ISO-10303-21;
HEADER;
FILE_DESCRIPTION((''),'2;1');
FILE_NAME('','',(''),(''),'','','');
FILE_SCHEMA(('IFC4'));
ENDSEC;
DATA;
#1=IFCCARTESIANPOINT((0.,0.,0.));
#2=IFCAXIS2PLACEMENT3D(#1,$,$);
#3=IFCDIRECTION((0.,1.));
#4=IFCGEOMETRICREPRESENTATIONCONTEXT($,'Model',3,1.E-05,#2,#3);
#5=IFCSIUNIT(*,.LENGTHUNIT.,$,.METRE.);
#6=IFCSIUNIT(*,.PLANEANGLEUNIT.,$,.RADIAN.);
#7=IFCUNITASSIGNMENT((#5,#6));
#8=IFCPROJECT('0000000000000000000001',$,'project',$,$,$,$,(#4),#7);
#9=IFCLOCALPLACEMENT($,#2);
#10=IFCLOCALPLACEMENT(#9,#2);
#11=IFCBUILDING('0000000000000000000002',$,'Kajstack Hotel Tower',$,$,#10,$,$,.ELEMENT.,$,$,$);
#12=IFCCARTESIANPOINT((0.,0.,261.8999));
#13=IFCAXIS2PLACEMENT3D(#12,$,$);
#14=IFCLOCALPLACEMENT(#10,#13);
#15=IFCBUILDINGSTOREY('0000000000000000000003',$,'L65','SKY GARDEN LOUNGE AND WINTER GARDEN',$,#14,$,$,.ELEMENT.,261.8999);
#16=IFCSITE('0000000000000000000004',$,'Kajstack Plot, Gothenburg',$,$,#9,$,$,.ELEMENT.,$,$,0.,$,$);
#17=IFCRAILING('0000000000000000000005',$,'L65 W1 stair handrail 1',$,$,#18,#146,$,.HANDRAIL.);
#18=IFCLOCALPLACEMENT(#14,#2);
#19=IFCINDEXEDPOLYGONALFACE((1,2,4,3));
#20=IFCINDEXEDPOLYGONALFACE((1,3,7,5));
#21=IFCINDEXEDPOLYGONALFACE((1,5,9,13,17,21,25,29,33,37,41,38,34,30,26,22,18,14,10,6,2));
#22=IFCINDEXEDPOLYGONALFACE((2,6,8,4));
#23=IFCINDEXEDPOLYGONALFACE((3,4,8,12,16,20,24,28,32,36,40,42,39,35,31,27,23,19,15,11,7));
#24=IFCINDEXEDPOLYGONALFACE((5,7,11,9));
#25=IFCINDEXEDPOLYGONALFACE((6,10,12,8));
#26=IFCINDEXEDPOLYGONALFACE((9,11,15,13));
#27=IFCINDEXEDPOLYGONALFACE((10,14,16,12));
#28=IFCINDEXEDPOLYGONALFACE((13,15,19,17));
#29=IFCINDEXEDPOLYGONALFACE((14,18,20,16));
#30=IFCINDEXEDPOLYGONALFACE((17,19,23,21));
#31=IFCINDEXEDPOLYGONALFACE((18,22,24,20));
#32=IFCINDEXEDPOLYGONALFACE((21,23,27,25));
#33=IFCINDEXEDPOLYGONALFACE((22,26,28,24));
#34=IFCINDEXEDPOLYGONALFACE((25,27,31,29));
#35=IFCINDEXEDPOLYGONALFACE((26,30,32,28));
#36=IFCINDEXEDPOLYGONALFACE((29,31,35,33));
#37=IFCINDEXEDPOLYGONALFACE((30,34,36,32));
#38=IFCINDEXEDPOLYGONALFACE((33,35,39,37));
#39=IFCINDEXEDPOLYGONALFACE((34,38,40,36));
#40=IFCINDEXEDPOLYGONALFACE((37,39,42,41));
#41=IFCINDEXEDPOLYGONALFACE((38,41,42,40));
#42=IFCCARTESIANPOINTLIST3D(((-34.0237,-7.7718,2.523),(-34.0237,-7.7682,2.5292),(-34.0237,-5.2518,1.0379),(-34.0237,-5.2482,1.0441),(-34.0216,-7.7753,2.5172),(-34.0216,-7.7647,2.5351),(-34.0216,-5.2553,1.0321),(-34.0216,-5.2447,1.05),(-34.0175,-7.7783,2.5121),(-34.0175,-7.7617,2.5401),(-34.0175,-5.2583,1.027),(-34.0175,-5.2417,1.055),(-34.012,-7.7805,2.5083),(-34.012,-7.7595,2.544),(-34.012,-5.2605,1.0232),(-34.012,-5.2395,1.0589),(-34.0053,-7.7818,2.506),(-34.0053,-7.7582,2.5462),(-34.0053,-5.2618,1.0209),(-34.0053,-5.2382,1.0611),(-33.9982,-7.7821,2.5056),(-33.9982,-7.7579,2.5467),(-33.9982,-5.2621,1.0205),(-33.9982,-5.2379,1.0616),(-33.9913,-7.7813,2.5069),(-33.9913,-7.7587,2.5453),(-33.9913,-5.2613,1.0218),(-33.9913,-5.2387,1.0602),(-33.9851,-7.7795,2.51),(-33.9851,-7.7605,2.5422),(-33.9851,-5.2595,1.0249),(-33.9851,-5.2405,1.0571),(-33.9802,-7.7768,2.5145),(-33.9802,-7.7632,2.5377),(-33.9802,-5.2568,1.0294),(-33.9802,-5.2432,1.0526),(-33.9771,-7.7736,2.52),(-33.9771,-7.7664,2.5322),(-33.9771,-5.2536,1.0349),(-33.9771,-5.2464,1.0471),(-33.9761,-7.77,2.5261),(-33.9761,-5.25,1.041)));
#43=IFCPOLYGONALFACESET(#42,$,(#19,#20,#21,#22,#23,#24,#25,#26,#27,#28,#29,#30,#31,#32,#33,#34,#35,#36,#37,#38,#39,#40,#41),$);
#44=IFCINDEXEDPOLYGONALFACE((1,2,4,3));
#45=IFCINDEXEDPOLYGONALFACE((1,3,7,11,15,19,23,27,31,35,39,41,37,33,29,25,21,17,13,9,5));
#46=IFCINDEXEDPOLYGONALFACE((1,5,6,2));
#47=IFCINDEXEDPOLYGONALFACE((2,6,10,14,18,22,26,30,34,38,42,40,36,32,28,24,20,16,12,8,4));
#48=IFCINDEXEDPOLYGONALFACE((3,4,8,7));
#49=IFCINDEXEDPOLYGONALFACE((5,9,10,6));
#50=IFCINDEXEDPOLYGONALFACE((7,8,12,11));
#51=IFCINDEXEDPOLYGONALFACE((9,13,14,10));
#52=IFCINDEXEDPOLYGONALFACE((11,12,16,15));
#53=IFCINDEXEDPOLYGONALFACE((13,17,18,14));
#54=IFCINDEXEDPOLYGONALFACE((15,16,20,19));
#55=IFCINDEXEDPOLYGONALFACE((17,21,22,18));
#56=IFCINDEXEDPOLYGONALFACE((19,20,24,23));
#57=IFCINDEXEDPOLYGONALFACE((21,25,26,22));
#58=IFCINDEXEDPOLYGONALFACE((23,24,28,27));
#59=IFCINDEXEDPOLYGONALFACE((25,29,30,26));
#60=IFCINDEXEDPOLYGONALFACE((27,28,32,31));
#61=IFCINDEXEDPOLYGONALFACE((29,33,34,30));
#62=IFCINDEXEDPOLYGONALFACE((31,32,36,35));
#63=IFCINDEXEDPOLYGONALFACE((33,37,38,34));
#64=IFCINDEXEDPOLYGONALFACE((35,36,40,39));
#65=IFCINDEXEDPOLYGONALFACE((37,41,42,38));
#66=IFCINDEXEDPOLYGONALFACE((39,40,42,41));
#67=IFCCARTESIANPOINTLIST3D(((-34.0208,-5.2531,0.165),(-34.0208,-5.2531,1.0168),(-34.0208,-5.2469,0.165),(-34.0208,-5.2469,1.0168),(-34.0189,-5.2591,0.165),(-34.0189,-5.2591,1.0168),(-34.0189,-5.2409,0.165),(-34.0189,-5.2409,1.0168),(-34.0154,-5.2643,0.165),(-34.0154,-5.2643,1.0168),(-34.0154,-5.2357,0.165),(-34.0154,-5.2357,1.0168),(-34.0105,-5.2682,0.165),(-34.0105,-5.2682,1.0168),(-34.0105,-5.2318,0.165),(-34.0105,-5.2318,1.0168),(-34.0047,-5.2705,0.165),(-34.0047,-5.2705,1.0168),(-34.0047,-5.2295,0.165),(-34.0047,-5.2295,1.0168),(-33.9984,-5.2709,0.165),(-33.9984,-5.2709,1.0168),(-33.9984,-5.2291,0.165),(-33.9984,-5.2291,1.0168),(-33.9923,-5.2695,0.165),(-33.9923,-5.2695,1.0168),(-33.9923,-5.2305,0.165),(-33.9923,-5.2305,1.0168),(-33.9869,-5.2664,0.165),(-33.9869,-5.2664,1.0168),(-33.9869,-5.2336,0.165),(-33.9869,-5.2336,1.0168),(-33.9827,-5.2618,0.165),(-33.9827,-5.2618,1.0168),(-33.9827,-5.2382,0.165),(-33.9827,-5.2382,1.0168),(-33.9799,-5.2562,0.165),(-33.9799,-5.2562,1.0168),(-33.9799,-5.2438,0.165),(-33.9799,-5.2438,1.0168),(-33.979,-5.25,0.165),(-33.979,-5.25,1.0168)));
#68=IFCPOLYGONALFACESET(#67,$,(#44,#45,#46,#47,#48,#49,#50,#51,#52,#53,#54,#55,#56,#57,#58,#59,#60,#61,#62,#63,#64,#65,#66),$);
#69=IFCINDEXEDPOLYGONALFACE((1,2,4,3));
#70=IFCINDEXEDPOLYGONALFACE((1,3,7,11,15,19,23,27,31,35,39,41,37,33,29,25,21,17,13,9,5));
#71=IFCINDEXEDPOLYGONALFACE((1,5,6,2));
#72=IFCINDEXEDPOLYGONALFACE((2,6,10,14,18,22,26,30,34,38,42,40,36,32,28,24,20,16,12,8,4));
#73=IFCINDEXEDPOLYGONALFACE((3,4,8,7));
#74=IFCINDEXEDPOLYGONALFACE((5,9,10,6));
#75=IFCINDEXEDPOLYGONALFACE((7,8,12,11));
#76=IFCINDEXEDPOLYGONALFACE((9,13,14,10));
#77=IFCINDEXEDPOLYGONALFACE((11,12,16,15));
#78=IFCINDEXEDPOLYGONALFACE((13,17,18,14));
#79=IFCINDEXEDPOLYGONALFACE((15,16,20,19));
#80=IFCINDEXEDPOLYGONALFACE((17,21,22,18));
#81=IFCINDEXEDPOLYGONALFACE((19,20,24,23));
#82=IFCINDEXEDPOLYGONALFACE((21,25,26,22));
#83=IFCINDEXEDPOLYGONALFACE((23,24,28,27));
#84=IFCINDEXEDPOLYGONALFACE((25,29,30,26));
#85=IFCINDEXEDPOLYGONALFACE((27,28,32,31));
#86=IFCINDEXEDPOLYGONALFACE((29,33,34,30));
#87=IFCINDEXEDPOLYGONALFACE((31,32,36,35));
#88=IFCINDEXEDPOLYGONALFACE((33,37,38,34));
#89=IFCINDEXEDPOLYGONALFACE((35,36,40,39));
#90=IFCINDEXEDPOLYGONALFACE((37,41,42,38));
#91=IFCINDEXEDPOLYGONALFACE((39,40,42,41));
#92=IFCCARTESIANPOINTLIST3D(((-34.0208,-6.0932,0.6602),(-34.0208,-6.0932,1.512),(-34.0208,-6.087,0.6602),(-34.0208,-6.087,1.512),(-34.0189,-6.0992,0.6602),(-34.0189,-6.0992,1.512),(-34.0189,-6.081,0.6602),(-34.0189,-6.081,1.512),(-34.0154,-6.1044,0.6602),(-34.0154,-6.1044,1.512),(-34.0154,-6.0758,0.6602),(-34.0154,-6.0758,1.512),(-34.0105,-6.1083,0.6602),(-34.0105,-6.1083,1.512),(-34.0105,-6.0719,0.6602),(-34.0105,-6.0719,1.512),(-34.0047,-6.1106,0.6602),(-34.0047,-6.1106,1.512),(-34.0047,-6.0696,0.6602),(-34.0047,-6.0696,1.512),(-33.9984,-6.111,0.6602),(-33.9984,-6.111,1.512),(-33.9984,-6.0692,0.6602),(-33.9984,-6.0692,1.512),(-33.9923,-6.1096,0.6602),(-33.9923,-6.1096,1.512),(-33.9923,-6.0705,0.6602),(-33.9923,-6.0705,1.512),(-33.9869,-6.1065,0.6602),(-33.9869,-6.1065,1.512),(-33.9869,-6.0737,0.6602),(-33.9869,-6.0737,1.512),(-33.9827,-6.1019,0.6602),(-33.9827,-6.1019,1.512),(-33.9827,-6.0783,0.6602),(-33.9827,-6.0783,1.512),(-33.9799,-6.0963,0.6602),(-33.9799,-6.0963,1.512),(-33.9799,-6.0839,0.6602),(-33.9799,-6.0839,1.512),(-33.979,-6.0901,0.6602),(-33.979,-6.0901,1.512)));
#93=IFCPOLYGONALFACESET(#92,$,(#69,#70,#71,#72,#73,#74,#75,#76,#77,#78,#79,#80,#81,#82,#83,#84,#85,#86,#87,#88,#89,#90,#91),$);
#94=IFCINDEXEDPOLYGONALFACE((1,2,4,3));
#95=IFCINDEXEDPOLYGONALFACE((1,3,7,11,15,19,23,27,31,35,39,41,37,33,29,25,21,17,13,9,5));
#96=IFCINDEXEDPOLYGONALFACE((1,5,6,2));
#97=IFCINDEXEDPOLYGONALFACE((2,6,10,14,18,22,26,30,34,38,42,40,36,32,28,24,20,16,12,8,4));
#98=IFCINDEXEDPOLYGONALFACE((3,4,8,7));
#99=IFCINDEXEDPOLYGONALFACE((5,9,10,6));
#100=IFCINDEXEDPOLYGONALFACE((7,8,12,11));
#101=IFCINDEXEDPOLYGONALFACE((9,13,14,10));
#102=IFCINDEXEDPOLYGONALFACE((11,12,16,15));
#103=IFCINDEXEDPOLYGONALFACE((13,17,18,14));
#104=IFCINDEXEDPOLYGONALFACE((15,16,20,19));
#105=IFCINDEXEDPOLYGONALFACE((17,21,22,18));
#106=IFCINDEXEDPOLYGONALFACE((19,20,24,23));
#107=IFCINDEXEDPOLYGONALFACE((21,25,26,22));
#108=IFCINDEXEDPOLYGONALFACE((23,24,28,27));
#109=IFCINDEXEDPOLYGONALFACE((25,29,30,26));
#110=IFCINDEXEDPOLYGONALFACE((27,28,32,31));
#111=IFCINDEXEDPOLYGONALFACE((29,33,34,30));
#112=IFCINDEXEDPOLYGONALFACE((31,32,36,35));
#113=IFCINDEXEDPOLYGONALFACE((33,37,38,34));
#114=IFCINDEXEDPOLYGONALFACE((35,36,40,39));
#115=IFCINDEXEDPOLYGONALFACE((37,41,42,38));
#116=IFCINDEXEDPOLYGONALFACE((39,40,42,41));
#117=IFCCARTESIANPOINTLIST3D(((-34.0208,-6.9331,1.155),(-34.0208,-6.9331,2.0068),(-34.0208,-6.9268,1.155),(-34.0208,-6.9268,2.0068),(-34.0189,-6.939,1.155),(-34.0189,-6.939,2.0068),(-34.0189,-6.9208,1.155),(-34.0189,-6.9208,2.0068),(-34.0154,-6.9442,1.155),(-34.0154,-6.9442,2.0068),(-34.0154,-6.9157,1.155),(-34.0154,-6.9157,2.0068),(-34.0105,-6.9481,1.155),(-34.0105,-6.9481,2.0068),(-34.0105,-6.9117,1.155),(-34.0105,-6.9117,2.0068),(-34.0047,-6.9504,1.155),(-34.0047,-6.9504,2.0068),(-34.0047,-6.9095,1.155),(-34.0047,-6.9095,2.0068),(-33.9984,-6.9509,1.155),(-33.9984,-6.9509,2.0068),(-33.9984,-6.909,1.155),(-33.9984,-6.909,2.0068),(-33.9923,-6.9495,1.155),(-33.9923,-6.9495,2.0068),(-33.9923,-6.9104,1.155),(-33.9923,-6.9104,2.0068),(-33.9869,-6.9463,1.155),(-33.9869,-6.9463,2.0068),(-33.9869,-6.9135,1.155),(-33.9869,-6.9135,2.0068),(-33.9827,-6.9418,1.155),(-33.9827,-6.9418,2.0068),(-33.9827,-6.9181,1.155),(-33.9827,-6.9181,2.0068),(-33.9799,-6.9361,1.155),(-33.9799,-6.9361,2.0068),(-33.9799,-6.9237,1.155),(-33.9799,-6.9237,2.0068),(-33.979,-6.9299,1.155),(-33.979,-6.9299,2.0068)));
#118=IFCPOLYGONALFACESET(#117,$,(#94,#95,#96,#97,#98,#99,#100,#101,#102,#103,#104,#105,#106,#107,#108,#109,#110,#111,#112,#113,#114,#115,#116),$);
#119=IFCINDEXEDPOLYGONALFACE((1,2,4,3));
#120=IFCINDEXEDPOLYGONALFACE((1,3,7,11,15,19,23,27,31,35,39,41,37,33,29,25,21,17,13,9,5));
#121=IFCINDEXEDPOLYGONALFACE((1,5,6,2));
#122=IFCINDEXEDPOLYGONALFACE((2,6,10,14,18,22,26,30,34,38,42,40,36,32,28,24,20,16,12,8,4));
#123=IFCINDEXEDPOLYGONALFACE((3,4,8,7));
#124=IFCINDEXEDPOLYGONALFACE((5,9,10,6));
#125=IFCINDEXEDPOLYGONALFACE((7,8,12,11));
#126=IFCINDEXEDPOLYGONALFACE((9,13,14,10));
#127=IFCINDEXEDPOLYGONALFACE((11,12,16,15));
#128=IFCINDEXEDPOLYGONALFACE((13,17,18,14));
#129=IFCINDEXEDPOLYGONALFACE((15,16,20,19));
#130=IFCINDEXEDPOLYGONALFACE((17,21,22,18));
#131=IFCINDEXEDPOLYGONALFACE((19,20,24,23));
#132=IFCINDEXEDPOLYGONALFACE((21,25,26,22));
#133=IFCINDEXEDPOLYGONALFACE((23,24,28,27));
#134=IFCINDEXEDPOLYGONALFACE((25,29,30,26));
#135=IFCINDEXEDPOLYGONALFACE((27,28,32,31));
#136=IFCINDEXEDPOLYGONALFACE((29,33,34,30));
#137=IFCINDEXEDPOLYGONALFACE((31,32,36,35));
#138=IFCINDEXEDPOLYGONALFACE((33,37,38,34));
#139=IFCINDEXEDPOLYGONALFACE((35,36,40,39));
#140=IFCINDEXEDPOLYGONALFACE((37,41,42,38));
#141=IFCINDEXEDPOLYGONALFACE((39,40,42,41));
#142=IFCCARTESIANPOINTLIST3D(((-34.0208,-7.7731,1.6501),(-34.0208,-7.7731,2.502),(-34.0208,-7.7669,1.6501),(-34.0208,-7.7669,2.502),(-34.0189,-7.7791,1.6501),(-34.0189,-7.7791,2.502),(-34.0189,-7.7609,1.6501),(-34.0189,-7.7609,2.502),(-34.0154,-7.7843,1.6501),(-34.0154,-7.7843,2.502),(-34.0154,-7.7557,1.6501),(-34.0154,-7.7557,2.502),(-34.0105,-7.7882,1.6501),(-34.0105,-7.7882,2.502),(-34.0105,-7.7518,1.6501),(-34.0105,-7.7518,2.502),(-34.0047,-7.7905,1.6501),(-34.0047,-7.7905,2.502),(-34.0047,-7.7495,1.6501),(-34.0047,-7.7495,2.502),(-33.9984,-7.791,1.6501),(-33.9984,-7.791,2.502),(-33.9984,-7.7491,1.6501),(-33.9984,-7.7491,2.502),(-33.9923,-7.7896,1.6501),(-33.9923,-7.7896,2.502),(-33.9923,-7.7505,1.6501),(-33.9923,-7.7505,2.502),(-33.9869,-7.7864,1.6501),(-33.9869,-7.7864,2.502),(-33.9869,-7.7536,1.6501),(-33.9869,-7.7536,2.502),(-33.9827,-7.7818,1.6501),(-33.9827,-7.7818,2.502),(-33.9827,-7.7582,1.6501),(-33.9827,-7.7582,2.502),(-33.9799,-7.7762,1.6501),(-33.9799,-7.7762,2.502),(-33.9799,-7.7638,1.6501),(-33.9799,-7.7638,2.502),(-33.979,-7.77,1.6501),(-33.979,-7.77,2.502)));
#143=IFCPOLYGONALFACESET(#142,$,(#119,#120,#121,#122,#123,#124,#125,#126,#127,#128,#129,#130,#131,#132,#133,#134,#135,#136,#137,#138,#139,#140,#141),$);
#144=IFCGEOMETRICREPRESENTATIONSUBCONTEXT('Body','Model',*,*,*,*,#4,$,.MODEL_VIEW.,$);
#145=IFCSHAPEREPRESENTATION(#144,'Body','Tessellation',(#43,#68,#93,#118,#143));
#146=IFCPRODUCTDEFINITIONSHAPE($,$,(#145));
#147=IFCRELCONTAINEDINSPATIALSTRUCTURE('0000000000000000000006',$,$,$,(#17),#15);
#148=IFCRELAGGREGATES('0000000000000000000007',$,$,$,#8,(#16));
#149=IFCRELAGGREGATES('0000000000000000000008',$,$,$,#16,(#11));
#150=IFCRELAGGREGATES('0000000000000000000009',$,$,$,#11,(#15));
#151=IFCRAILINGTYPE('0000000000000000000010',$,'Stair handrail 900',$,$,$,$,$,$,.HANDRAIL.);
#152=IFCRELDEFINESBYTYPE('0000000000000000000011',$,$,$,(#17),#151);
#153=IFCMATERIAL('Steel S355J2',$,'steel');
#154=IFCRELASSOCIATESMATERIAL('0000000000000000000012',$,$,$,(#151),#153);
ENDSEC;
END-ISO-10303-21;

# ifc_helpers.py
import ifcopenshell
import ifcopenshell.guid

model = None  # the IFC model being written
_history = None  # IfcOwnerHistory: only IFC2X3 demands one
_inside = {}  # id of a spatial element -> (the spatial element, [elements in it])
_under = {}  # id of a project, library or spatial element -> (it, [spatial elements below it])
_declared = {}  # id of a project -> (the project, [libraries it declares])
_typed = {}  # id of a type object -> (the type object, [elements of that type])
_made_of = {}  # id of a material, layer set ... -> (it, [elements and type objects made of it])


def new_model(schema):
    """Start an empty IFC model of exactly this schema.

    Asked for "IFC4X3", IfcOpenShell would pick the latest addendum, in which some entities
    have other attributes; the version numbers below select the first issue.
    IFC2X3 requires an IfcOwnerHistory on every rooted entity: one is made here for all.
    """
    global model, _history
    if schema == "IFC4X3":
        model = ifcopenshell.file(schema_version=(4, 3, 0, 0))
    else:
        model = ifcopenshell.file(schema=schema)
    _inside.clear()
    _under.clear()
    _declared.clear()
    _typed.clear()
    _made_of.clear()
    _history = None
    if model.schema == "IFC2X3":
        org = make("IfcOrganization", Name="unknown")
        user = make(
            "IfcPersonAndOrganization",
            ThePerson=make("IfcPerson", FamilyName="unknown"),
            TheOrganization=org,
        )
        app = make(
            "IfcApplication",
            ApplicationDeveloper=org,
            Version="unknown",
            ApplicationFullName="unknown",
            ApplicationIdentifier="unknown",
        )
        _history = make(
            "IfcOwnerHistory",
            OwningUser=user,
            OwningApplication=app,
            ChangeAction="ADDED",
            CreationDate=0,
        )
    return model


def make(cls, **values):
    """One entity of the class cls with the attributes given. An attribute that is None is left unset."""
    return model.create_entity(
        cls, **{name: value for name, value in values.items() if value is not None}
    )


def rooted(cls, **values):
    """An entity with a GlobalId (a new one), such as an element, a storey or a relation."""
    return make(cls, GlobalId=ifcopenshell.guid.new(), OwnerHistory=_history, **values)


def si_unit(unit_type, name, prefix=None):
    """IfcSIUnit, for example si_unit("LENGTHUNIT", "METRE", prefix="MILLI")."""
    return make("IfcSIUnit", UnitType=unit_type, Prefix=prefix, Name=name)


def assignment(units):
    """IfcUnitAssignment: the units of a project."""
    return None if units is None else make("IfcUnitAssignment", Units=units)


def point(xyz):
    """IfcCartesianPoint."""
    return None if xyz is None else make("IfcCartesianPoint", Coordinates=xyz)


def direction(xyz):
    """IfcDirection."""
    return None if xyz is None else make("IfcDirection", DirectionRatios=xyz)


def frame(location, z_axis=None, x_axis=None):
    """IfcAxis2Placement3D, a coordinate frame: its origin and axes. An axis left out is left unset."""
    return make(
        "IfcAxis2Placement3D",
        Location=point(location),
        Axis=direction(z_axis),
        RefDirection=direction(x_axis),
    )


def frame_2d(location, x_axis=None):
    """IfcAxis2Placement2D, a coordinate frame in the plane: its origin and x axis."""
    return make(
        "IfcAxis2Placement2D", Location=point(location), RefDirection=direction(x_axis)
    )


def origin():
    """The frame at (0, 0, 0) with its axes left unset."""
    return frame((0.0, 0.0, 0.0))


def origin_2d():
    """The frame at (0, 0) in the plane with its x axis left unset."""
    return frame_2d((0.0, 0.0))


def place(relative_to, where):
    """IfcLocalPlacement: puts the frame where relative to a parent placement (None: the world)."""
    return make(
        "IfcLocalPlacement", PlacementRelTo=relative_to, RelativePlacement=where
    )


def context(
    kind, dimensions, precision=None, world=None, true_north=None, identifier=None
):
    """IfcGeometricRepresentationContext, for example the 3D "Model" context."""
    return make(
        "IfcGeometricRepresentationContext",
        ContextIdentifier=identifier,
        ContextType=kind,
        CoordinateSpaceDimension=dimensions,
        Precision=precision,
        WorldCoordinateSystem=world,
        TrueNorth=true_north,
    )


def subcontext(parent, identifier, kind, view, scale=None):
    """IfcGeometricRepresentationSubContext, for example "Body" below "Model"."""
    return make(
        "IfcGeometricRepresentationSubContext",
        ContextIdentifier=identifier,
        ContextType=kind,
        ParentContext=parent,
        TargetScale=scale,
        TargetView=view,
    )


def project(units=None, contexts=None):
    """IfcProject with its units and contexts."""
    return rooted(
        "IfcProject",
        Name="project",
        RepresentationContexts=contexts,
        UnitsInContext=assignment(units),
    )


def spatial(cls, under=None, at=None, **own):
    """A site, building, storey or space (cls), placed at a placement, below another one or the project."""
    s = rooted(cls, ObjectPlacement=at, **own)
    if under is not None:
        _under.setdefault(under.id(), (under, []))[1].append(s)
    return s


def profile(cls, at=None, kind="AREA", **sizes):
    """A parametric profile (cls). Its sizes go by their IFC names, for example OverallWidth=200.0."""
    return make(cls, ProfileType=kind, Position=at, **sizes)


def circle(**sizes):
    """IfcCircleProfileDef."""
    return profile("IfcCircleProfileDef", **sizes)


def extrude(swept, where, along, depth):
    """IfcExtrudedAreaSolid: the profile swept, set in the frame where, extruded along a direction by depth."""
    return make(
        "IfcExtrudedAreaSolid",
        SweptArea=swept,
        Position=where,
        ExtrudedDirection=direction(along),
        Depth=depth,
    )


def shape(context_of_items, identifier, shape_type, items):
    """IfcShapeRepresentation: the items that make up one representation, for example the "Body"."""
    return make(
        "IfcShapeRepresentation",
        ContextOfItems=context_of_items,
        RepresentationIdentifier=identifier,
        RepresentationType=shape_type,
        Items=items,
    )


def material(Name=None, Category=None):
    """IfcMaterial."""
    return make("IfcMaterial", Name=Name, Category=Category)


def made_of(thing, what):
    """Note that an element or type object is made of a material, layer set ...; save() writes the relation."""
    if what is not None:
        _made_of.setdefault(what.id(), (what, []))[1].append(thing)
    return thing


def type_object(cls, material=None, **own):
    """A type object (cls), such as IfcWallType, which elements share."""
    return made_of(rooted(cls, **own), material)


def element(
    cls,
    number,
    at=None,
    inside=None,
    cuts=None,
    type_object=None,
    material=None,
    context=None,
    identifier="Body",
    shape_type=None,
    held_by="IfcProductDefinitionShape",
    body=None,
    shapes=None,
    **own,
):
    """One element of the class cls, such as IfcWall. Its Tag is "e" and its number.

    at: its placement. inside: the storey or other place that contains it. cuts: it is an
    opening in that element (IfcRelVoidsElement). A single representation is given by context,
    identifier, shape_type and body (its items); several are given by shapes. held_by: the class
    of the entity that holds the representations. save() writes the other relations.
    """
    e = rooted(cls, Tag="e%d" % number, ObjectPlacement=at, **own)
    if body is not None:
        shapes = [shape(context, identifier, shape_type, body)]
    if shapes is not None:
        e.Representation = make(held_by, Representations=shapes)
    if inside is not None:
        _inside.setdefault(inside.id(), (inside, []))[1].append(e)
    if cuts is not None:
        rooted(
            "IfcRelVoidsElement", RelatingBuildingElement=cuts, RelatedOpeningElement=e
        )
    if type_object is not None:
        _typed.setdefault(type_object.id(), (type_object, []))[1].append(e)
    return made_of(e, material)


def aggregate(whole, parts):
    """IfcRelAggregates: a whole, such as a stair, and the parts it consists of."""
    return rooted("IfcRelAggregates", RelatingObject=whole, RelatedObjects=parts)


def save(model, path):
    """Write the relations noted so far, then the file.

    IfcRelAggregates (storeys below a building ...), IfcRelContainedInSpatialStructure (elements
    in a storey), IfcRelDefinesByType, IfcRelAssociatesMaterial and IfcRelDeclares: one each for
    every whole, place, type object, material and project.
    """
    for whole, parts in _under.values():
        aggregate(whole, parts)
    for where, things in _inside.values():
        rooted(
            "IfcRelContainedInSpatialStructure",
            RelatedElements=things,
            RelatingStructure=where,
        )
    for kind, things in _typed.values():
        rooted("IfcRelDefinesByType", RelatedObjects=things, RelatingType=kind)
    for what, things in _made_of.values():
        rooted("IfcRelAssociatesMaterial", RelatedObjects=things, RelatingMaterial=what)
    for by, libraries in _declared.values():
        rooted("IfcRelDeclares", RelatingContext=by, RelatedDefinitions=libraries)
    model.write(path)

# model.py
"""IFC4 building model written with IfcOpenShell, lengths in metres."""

from ifc_helpers import new_model, si_unit, direction, frame, origin, origin_2d, place, context, subcontext, project, spatial, circle, extrude, material, type_object, element, save


model = new_model("IFC4")

# Units and contexts
model_context = context("Model", 3, precision=1e-05, world=origin(), true_north=direction((0.0, 1.0)))
body_context = subcontext(model_context, "Body", "Model", "MODEL_VIEW")
ifc_project = project(units=[si_unit("LENGTHUNIT", "METRE"), si_unit("PLANEANGLEUNIT", "RADIAN")], contexts=[model_context])

# Site, building, storey
site_placement = place(None, origin())
site = spatial("IfcSite", under=ifc_project, at=site_placement, Name="Kajstack Plot, Gothenburg", CompositionType="ELEMENT", RefElevation=0.0)
building_placement = place(site_placement, origin())
building = spatial("IfcBuilding", under=site, at=building_placement, Name="Kajstack Hotel Tower", CompositionType="ELEMENT")
storey_placement = place(building_placement, frame((0.0, 0.0, 261.8999)))
storey = spatial("IfcBuildingStorey", under=building, at=storey_placement, Name="L65", Description="SKY GARDEN LOUNGE AND WINTER GARDEN", CompositionType="ELEMENT", Elevation=261.8999)

# Railing
ifc_material_1 = material(Name="Steel S355J2", Category="steel")
railing_type_1 = type_object("IfcRailingType", Name="Stair handrail 900", PredefinedType="HANDRAIL", material=ifc_material_1)
for number, where, name in (
    (1, (-34.0, -5.25, 0.165), "L65 W1 stair handrail 1"),
):
    element("IfcRailing", number, at=place(storey_placement, frame(where)), inside=storey, type_object=railing_type_1, Name=name, PredefinedType="HANDRAIL", context=body_context, shape_type="SweptSolid", body=[
        extrude(circle(Radius=0.0239, at=origin_2d()), frame((0.0, 0.0, 0.876), z_axis=(0.0, -0.861524, 0.507717), x_axis=(1.0, 0.0, 0.0)), (0.0, 0.0, 1.0), 2.925),
        extrude(circle(Radius=0.021, at=origin_2d()), origin(), (0.0, 0.0, 1.0), 0.8518),
        extrude(circle(Radius=0.021, at=origin_2d()), frame((0.0, -0.8401, 0.4951)), (0.0, 0.0, 1.0), 0.8518),
        extrude(circle(Radius=0.021, at=origin_2d()), frame((0.0, -1.6799, 0.99)), (0.0, 0.0, 1.0), 0.8518),
        extrude(circle(Radius=0.021, at=origin_2d()), frame((0.0, -2.52, 1.4851)), (0.0, 0.0, 1.0), 0.8518),
    ])

save(model, "model.ifc")
